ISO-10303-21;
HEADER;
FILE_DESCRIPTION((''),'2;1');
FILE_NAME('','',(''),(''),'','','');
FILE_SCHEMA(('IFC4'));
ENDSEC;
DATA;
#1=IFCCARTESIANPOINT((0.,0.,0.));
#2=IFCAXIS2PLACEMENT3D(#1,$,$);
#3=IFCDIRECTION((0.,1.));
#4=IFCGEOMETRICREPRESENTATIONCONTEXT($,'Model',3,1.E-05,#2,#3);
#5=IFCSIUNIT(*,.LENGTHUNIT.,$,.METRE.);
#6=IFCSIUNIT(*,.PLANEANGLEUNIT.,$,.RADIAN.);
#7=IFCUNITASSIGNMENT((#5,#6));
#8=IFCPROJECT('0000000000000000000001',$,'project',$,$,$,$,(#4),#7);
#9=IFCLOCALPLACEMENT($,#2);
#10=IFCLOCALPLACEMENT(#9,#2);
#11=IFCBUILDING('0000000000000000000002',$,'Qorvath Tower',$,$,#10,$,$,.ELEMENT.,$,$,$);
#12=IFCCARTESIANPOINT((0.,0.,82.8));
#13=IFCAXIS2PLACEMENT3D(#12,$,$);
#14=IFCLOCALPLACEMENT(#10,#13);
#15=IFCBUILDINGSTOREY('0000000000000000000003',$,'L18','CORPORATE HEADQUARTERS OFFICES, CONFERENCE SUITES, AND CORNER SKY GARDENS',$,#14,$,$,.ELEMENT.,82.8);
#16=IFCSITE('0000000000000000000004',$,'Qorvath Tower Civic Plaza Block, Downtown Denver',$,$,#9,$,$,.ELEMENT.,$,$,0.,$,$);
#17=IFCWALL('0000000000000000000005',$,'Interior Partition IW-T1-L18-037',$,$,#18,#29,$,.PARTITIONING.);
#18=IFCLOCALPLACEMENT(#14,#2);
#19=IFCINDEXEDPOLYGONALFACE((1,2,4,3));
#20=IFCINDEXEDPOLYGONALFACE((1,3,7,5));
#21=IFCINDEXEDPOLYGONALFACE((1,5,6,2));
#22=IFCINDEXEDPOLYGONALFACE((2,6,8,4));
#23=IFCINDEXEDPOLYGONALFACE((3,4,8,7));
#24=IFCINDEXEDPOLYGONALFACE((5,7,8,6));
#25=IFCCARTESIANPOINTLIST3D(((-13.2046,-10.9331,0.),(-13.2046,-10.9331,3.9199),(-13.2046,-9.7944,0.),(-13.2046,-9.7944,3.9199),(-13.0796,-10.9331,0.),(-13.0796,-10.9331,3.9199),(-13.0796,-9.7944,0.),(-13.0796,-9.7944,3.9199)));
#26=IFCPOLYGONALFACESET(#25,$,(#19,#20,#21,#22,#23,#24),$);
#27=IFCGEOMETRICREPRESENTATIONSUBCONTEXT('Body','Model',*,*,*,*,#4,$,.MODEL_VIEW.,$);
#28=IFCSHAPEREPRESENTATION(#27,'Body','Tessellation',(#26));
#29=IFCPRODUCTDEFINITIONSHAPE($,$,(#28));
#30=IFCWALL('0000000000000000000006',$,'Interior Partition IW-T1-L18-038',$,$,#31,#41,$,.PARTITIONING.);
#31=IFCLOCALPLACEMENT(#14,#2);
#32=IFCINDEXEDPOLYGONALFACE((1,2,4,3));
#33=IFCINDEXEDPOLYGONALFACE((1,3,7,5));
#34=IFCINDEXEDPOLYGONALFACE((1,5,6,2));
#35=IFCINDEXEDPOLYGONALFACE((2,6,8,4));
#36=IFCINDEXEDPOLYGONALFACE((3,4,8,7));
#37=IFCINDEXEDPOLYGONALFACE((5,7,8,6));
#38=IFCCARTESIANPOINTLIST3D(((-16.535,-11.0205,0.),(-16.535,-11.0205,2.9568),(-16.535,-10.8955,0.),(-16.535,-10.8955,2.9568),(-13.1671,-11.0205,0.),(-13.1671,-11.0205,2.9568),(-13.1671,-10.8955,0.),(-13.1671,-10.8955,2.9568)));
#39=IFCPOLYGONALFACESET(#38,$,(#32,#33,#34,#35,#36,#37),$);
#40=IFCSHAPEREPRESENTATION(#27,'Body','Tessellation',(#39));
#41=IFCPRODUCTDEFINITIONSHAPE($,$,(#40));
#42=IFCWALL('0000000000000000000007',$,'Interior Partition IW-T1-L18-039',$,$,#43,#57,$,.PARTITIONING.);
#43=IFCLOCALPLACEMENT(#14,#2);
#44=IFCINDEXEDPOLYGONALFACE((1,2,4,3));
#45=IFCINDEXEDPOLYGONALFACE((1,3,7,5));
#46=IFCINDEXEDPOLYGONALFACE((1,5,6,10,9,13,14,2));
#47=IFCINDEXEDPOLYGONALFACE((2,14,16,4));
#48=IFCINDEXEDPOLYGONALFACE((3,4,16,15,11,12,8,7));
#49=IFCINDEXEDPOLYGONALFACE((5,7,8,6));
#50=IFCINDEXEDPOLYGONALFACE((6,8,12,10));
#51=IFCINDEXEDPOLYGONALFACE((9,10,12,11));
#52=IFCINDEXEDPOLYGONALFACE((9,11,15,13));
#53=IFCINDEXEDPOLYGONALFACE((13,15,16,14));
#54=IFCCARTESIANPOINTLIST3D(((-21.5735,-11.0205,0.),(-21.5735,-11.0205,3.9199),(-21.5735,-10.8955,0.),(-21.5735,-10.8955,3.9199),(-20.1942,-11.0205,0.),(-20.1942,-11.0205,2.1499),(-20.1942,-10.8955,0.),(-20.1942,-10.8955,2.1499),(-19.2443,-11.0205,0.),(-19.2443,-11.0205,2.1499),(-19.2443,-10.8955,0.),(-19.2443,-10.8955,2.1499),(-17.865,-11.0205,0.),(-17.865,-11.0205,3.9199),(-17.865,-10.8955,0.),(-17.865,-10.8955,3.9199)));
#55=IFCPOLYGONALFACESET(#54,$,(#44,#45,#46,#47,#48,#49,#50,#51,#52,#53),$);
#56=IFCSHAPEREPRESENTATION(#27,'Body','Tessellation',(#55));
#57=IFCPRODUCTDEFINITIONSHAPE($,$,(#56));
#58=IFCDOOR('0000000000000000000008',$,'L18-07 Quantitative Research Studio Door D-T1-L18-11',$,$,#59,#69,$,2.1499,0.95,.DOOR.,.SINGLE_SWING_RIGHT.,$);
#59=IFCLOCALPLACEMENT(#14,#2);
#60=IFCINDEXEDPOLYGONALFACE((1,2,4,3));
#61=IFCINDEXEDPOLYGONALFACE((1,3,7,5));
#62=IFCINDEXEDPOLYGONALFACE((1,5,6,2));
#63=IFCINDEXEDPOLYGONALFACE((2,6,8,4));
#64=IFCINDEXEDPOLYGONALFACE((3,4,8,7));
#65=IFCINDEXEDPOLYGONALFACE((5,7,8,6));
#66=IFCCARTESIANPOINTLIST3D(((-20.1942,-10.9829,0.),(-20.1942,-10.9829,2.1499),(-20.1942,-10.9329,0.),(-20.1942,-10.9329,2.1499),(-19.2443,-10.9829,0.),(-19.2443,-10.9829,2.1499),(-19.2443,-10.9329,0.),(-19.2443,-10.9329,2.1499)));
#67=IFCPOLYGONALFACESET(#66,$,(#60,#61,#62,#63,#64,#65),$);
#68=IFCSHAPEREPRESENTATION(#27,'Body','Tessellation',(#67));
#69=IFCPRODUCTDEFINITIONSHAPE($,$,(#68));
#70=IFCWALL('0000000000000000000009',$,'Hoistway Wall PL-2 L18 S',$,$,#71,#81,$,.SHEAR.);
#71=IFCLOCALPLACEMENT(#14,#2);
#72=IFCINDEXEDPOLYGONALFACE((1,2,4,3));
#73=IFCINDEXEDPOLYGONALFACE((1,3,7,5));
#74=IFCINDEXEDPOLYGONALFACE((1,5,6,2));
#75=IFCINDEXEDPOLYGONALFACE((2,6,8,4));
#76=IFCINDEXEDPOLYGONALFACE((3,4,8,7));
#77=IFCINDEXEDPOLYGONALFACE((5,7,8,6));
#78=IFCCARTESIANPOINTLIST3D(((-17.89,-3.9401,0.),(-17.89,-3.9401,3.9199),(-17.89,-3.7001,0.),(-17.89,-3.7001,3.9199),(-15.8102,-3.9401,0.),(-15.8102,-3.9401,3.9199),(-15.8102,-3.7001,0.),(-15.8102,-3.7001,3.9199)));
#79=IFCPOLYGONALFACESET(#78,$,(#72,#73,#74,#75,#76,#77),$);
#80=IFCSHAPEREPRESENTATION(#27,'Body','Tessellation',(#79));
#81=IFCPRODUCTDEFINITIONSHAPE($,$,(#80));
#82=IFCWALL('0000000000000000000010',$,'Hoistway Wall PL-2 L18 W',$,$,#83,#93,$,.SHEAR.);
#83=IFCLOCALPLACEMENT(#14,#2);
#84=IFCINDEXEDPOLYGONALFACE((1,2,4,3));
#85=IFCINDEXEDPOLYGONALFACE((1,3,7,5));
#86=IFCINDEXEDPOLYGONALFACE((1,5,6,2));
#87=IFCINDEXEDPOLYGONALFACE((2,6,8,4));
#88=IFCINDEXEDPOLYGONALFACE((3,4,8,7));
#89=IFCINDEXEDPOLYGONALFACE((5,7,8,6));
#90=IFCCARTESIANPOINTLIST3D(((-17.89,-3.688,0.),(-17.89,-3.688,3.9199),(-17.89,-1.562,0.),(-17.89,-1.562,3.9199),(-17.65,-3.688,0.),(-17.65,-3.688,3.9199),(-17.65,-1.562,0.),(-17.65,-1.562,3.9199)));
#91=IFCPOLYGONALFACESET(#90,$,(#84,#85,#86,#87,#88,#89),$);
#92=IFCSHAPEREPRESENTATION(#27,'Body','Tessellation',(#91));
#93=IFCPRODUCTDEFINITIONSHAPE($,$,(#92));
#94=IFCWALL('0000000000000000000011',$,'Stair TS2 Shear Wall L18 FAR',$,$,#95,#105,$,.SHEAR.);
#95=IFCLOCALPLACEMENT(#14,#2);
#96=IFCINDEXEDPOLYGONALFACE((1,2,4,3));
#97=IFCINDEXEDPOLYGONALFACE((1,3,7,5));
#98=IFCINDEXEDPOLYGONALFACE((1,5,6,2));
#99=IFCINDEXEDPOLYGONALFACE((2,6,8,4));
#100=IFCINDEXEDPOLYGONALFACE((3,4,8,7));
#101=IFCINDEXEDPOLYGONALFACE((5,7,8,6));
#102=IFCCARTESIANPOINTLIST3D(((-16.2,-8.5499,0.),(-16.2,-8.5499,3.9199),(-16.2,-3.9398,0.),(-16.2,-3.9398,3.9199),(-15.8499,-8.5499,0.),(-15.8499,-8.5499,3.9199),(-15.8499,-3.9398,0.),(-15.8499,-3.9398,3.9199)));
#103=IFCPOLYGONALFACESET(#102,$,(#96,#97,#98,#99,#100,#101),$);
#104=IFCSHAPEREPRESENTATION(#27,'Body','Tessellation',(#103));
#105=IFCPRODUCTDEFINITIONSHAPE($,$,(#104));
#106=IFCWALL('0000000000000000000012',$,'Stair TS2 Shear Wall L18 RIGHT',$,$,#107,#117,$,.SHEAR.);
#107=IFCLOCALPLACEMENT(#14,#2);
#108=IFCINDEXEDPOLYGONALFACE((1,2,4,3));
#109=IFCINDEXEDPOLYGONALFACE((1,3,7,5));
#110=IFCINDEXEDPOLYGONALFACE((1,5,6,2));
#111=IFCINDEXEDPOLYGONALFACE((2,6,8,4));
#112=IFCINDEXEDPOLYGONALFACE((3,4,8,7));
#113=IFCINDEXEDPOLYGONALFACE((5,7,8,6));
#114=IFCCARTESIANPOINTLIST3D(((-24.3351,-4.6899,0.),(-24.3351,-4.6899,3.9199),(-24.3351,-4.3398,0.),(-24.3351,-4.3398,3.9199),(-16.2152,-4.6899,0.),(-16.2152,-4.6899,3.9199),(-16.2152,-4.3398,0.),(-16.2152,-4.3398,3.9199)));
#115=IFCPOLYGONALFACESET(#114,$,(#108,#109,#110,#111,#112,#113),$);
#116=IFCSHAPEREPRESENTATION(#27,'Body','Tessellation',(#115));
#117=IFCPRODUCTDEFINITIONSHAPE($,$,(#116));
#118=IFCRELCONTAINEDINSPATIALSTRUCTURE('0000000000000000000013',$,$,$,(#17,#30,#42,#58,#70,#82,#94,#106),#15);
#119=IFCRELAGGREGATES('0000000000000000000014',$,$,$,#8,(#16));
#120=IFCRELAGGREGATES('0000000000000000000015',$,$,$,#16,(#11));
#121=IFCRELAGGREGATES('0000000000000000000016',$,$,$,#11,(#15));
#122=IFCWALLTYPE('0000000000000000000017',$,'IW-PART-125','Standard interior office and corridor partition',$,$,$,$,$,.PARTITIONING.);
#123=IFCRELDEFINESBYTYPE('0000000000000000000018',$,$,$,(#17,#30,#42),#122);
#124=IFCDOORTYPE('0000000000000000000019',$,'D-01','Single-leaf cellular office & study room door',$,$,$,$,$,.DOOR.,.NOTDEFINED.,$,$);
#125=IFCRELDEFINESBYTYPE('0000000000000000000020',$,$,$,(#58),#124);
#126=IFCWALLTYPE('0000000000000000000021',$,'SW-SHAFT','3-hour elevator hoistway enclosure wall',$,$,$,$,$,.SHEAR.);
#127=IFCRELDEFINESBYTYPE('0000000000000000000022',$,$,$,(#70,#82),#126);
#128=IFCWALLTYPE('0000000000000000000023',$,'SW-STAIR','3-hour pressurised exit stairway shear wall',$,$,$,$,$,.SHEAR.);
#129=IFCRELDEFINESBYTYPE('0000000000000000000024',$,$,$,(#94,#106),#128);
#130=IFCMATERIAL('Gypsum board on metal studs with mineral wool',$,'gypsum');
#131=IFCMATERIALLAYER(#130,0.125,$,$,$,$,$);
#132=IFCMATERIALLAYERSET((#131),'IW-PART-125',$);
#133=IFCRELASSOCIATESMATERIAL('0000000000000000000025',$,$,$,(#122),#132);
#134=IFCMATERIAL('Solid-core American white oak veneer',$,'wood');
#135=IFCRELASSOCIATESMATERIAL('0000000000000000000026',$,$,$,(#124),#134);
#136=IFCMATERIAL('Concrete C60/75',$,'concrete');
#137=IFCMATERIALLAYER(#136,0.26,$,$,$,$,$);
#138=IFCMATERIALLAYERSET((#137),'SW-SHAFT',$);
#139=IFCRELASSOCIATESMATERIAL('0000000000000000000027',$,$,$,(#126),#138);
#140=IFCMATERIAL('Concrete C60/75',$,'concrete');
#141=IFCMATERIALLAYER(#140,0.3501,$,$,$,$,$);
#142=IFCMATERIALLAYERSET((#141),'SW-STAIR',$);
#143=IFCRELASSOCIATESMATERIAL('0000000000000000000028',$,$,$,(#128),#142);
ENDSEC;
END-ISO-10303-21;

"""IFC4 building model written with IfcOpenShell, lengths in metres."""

from ifc_helpers import new_model, si_unit, direction, frame, frame_2d, origin, place, context, subcontext, project, spatial, rectangle, extrude, material, layer, layer_set, type_object, element, fill, save


model = new_model("IFC4")

# Units and contexts
model_context = context("Model", 3, precision=1e-05, world=origin(), true_north=direction((0.0, 1.0)))
body_context = subcontext(model_context, "Body", "Model", "MODEL_VIEW")
ifc_project = project(units=[si_unit("LENGTHUNIT", "METRE"), si_unit("PLANEANGLEUNIT", "RADIAN")], contexts=[model_context])

# Site, building, storey
site_placement = place(None, origin())
site = spatial("IfcSite", under=ifc_project, at=site_placement, Name="Qorvath Tower Civic Plaza Block, Downtown Denver", CompositionType="ELEMENT", RefElevation=0.0)
building_placement = place(site_placement, origin())
building = spatial("IfcBuilding", under=site, at=building_placement, Name="Qorvath Tower", CompositionType="ELEMENT")
storey_placement = place(building_placement, frame((0.0, 0.0, 82.8)))
storey = spatial("IfcBuildingStorey", under=building, at=storey_placement, Name="L18", Description="CORPORATE HEADQUARTERS OFFICES, CONFERENCE SUITES, AND CORNER SKY GARDENS", CompositionType="ELEMENT", Elevation=82.8)

# Walls
ifc_material_1 = material(Name="Gypsum board on metal studs with mineral wool", Category="gypsum")
ifc_layer_1 = layer(ifc_material_1, 0.125)
ifc_layer_set_1 = layer_set([ifc_layer_1], Name="IW-PART-125")
wall_type_1 = type_object("IfcWallType", Name="IW-PART-125", Description="Standard interior office and corridor partition", PredefinedType="PARTITIONING", material=ifc_layer_set_1)
wall_1_placement = place(storey_placement, frame((-13.1421, -9.7944, 0.0), z_axis=(0.0, 0.0, 1.0), x_axis=(0.0, -1.0, 0.0)))
element("IfcWall", 1, at=wall_1_placement, inside=storey, type_object=wall_type_1, Name="Interior Partition IW-T1-L18-037", PredefinedType="PARTITIONING", context=body_context, shape_type="SweptSolid", body=[
    extrude(rectangle(XDim=1.1387, YDim=0.125, at=frame_2d((0.5693, 0.0))), origin(), (0.0, 0.0, 1.0), 3.9199),
])
wall_2_placement = place(storey_placement, frame((-13.167, -10.958, 0.0), z_axis=(0.0, 0.0, 1.0), x_axis=(-1.0, 0.0, 0.0)))
element("IfcWall", 2, at=wall_2_placement, inside=storey, type_object=wall_type_1, Name="Interior Partition IW-T1-L18-038", PredefinedType="PARTITIONING", context=body_context, shape_type="SweptSolid", body=[
    extrude(rectangle(XDim=3.3679, YDim=0.125, at=frame_2d((1.6841, 0.0))), origin(), (0.0, 0.0, 1.0), 2.9568),
])

# Wall, opening, door
wall_3_placement = place(storey_placement, frame((-17.865, -10.958, 0.0), z_axis=(0.0, 0.0, 1.0), x_axis=(-1.0, 0.0, 0.0)))
wall_3 = element("IfcWall", 3, at=wall_3_placement, inside=storey, type_object=wall_type_1, Name="Interior Partition IW-T1-L18-039", PredefinedType="PARTITIONING", context=body_context, shape_type="SweptSolid", body=[
    extrude(rectangle(XDim=3.7085, YDim=0.125, at=frame_2d((1.8542, 0.0))), origin(), (0.0, 0.0, 1.0), 3.9199),
])
opening_placement = place(wall_3_placement, frame((1.3792, 0.0, 0.0)))
opening = element("IfcOpeningElement", 4, at=opening_placement, cuts=wall_3, PredefinedType="OPENING", context=body_context, shape_type="SweptSolid", body=[
    extrude(rectangle(XDim=0.95, YDim=2.1499, at=frame_2d((0.4751, 1.075))), frame((0.0, 0.0725, 0.0), z_axis=(0.0, -1.0, 0.0), x_axis=(1.0, 0.0, 0.0)), (0.0, 0.0, 1.0), 0.145),
])
ifc_material_2 = material(Name="Solid-core American white oak veneer", Category="wood")
door_type = type_object("IfcDoorType", Name="D-01", Description="Single-leaf cellular office & study room door", OperationType="NOTDEFINED", PredefinedType="DOOR", material=ifc_material_2)
door_placement = place(opening_placement, origin())
door = element("IfcDoor", 5, at=door_placement, inside=storey, type_object=door_type, Name="L18-07 Quantitative Research Studio Door D-T1-L18-11", OperationType="SINGLE_SWING_RIGHT", OverallHeight=2.1499, OverallWidth=0.95, PredefinedType="DOOR", context=body_context, shape_type="SweptSolid", body=[
    extrude(rectangle(XDim=0.95, YDim=2.1499, at=frame_2d((0.4751, 1.075))), frame((0.0, 0.0249, 0.0), z_axis=(0.0, -1.0, 0.0), x_axis=(1.0, 0.0, 0.0)), (0.0, 0.0, 1.0), 0.05),
])
fill(opening, door)

# Walls
ifc_material_3 = material(Name="Concrete C60/75", Category="concrete")
ifc_layer_2 = layer(ifc_material_3, 0.26)
ifc_layer_set_2 = layer_set([ifc_layer_2], Name="SW-SHAFT")
wall_type_2 = type_object("IfcWallType", Name="SW-SHAFT", Description="3-hour elevator hoistway enclosure wall", PredefinedType="SHEAR", material=ifc_layer_set_2)
wall_4_placement = place(storey_placement, frame((-15.8101, -3.8201, 0.0), z_axis=(0.0, 0.0, 1.0), x_axis=(-1.0, 0.0, 0.0)))
element("IfcWall", 6, at=wall_4_placement, inside=storey, type_object=wall_type_2, Name="Hoistway Wall PL-2 L18 S", PredefinedType="SHEAR", context=body_context, shape_type="SweptSolid", body=[
    extrude(rectangle(XDim=2.0798, YDim=0.24, at=frame_2d((1.04, 0.0))), origin(), (0.0, 0.0, 1.0), 3.9199),
])
wall_5_placement = place(storey_placement, frame((-17.77, -3.688, 0.0), z_axis=(0.0, 0.0, 1.0), x_axis=(0.0, 1.0, 0.0)))
element("IfcWall", 7, at=wall_5_placement, inside=storey, type_object=wall_type_2, Name="Hoistway Wall PL-2 L18 W", PredefinedType="SHEAR", context=body_context, shape_type="SweptSolid", body=[
    extrude(rectangle(XDim=2.126, YDim=0.24, at=frame_2d((1.063, 0.0))), origin(), (0.0, 0.0, 1.0), 3.9199),
])
ifc_material_4 = material(Name="Concrete C60/75", Category="concrete")
ifc_layer_3 = layer(ifc_material_4, 0.3501)
ifc_layer_set_3 = layer_set([ifc_layer_3], Name="SW-STAIR")
wall_type_3 = type_object("IfcWallType", Name="SW-STAIR", Description="3-hour pressurised exit stairway shear wall", PredefinedType="SHEAR", material=ifc_layer_set_3)
wall_6_placement = place(storey_placement, frame((-16.0249, -8.55, 0.0), z_axis=(0.0, 0.0, 1.0), x_axis=(0.0, 1.0, 0.0)))
element("IfcWall", 8, at=wall_6_placement, inside=storey, type_object=wall_type_3, Name="Stair TS2 Shear Wall L18 FAR", PredefinedType="SHEAR", context=body_context, shape_type="SweptSolid", body=[
    extrude(rectangle(XDim=4.6101, YDim=0.3501, at=frame_2d((2.3052, 0.0))), origin(), (0.0, 0.0, 1.0), 3.9199),
])
wall_7_placement = place(storey_placement, frame((-16.2151, -4.5149, 0.0), z_axis=(0.0, 0.0, 1.0), x_axis=(-1.0, 0.0, 0.0)))
element("IfcWall", 9, at=wall_7_placement, inside=storey, type_object=wall_type_3, Name="Stair TS2 Shear Wall L18 RIGHT", PredefinedType="SHEAR", context=body_context, shape_type="SweptSolid", body=[
    extrude(rectangle(XDim=8.1199, YDim=0.3501, at=frame_2d((4.0601, 0.0))), origin(), (0.0, 0.0, 1.0), 3.9199),
])

save(model, "model.ifc")
